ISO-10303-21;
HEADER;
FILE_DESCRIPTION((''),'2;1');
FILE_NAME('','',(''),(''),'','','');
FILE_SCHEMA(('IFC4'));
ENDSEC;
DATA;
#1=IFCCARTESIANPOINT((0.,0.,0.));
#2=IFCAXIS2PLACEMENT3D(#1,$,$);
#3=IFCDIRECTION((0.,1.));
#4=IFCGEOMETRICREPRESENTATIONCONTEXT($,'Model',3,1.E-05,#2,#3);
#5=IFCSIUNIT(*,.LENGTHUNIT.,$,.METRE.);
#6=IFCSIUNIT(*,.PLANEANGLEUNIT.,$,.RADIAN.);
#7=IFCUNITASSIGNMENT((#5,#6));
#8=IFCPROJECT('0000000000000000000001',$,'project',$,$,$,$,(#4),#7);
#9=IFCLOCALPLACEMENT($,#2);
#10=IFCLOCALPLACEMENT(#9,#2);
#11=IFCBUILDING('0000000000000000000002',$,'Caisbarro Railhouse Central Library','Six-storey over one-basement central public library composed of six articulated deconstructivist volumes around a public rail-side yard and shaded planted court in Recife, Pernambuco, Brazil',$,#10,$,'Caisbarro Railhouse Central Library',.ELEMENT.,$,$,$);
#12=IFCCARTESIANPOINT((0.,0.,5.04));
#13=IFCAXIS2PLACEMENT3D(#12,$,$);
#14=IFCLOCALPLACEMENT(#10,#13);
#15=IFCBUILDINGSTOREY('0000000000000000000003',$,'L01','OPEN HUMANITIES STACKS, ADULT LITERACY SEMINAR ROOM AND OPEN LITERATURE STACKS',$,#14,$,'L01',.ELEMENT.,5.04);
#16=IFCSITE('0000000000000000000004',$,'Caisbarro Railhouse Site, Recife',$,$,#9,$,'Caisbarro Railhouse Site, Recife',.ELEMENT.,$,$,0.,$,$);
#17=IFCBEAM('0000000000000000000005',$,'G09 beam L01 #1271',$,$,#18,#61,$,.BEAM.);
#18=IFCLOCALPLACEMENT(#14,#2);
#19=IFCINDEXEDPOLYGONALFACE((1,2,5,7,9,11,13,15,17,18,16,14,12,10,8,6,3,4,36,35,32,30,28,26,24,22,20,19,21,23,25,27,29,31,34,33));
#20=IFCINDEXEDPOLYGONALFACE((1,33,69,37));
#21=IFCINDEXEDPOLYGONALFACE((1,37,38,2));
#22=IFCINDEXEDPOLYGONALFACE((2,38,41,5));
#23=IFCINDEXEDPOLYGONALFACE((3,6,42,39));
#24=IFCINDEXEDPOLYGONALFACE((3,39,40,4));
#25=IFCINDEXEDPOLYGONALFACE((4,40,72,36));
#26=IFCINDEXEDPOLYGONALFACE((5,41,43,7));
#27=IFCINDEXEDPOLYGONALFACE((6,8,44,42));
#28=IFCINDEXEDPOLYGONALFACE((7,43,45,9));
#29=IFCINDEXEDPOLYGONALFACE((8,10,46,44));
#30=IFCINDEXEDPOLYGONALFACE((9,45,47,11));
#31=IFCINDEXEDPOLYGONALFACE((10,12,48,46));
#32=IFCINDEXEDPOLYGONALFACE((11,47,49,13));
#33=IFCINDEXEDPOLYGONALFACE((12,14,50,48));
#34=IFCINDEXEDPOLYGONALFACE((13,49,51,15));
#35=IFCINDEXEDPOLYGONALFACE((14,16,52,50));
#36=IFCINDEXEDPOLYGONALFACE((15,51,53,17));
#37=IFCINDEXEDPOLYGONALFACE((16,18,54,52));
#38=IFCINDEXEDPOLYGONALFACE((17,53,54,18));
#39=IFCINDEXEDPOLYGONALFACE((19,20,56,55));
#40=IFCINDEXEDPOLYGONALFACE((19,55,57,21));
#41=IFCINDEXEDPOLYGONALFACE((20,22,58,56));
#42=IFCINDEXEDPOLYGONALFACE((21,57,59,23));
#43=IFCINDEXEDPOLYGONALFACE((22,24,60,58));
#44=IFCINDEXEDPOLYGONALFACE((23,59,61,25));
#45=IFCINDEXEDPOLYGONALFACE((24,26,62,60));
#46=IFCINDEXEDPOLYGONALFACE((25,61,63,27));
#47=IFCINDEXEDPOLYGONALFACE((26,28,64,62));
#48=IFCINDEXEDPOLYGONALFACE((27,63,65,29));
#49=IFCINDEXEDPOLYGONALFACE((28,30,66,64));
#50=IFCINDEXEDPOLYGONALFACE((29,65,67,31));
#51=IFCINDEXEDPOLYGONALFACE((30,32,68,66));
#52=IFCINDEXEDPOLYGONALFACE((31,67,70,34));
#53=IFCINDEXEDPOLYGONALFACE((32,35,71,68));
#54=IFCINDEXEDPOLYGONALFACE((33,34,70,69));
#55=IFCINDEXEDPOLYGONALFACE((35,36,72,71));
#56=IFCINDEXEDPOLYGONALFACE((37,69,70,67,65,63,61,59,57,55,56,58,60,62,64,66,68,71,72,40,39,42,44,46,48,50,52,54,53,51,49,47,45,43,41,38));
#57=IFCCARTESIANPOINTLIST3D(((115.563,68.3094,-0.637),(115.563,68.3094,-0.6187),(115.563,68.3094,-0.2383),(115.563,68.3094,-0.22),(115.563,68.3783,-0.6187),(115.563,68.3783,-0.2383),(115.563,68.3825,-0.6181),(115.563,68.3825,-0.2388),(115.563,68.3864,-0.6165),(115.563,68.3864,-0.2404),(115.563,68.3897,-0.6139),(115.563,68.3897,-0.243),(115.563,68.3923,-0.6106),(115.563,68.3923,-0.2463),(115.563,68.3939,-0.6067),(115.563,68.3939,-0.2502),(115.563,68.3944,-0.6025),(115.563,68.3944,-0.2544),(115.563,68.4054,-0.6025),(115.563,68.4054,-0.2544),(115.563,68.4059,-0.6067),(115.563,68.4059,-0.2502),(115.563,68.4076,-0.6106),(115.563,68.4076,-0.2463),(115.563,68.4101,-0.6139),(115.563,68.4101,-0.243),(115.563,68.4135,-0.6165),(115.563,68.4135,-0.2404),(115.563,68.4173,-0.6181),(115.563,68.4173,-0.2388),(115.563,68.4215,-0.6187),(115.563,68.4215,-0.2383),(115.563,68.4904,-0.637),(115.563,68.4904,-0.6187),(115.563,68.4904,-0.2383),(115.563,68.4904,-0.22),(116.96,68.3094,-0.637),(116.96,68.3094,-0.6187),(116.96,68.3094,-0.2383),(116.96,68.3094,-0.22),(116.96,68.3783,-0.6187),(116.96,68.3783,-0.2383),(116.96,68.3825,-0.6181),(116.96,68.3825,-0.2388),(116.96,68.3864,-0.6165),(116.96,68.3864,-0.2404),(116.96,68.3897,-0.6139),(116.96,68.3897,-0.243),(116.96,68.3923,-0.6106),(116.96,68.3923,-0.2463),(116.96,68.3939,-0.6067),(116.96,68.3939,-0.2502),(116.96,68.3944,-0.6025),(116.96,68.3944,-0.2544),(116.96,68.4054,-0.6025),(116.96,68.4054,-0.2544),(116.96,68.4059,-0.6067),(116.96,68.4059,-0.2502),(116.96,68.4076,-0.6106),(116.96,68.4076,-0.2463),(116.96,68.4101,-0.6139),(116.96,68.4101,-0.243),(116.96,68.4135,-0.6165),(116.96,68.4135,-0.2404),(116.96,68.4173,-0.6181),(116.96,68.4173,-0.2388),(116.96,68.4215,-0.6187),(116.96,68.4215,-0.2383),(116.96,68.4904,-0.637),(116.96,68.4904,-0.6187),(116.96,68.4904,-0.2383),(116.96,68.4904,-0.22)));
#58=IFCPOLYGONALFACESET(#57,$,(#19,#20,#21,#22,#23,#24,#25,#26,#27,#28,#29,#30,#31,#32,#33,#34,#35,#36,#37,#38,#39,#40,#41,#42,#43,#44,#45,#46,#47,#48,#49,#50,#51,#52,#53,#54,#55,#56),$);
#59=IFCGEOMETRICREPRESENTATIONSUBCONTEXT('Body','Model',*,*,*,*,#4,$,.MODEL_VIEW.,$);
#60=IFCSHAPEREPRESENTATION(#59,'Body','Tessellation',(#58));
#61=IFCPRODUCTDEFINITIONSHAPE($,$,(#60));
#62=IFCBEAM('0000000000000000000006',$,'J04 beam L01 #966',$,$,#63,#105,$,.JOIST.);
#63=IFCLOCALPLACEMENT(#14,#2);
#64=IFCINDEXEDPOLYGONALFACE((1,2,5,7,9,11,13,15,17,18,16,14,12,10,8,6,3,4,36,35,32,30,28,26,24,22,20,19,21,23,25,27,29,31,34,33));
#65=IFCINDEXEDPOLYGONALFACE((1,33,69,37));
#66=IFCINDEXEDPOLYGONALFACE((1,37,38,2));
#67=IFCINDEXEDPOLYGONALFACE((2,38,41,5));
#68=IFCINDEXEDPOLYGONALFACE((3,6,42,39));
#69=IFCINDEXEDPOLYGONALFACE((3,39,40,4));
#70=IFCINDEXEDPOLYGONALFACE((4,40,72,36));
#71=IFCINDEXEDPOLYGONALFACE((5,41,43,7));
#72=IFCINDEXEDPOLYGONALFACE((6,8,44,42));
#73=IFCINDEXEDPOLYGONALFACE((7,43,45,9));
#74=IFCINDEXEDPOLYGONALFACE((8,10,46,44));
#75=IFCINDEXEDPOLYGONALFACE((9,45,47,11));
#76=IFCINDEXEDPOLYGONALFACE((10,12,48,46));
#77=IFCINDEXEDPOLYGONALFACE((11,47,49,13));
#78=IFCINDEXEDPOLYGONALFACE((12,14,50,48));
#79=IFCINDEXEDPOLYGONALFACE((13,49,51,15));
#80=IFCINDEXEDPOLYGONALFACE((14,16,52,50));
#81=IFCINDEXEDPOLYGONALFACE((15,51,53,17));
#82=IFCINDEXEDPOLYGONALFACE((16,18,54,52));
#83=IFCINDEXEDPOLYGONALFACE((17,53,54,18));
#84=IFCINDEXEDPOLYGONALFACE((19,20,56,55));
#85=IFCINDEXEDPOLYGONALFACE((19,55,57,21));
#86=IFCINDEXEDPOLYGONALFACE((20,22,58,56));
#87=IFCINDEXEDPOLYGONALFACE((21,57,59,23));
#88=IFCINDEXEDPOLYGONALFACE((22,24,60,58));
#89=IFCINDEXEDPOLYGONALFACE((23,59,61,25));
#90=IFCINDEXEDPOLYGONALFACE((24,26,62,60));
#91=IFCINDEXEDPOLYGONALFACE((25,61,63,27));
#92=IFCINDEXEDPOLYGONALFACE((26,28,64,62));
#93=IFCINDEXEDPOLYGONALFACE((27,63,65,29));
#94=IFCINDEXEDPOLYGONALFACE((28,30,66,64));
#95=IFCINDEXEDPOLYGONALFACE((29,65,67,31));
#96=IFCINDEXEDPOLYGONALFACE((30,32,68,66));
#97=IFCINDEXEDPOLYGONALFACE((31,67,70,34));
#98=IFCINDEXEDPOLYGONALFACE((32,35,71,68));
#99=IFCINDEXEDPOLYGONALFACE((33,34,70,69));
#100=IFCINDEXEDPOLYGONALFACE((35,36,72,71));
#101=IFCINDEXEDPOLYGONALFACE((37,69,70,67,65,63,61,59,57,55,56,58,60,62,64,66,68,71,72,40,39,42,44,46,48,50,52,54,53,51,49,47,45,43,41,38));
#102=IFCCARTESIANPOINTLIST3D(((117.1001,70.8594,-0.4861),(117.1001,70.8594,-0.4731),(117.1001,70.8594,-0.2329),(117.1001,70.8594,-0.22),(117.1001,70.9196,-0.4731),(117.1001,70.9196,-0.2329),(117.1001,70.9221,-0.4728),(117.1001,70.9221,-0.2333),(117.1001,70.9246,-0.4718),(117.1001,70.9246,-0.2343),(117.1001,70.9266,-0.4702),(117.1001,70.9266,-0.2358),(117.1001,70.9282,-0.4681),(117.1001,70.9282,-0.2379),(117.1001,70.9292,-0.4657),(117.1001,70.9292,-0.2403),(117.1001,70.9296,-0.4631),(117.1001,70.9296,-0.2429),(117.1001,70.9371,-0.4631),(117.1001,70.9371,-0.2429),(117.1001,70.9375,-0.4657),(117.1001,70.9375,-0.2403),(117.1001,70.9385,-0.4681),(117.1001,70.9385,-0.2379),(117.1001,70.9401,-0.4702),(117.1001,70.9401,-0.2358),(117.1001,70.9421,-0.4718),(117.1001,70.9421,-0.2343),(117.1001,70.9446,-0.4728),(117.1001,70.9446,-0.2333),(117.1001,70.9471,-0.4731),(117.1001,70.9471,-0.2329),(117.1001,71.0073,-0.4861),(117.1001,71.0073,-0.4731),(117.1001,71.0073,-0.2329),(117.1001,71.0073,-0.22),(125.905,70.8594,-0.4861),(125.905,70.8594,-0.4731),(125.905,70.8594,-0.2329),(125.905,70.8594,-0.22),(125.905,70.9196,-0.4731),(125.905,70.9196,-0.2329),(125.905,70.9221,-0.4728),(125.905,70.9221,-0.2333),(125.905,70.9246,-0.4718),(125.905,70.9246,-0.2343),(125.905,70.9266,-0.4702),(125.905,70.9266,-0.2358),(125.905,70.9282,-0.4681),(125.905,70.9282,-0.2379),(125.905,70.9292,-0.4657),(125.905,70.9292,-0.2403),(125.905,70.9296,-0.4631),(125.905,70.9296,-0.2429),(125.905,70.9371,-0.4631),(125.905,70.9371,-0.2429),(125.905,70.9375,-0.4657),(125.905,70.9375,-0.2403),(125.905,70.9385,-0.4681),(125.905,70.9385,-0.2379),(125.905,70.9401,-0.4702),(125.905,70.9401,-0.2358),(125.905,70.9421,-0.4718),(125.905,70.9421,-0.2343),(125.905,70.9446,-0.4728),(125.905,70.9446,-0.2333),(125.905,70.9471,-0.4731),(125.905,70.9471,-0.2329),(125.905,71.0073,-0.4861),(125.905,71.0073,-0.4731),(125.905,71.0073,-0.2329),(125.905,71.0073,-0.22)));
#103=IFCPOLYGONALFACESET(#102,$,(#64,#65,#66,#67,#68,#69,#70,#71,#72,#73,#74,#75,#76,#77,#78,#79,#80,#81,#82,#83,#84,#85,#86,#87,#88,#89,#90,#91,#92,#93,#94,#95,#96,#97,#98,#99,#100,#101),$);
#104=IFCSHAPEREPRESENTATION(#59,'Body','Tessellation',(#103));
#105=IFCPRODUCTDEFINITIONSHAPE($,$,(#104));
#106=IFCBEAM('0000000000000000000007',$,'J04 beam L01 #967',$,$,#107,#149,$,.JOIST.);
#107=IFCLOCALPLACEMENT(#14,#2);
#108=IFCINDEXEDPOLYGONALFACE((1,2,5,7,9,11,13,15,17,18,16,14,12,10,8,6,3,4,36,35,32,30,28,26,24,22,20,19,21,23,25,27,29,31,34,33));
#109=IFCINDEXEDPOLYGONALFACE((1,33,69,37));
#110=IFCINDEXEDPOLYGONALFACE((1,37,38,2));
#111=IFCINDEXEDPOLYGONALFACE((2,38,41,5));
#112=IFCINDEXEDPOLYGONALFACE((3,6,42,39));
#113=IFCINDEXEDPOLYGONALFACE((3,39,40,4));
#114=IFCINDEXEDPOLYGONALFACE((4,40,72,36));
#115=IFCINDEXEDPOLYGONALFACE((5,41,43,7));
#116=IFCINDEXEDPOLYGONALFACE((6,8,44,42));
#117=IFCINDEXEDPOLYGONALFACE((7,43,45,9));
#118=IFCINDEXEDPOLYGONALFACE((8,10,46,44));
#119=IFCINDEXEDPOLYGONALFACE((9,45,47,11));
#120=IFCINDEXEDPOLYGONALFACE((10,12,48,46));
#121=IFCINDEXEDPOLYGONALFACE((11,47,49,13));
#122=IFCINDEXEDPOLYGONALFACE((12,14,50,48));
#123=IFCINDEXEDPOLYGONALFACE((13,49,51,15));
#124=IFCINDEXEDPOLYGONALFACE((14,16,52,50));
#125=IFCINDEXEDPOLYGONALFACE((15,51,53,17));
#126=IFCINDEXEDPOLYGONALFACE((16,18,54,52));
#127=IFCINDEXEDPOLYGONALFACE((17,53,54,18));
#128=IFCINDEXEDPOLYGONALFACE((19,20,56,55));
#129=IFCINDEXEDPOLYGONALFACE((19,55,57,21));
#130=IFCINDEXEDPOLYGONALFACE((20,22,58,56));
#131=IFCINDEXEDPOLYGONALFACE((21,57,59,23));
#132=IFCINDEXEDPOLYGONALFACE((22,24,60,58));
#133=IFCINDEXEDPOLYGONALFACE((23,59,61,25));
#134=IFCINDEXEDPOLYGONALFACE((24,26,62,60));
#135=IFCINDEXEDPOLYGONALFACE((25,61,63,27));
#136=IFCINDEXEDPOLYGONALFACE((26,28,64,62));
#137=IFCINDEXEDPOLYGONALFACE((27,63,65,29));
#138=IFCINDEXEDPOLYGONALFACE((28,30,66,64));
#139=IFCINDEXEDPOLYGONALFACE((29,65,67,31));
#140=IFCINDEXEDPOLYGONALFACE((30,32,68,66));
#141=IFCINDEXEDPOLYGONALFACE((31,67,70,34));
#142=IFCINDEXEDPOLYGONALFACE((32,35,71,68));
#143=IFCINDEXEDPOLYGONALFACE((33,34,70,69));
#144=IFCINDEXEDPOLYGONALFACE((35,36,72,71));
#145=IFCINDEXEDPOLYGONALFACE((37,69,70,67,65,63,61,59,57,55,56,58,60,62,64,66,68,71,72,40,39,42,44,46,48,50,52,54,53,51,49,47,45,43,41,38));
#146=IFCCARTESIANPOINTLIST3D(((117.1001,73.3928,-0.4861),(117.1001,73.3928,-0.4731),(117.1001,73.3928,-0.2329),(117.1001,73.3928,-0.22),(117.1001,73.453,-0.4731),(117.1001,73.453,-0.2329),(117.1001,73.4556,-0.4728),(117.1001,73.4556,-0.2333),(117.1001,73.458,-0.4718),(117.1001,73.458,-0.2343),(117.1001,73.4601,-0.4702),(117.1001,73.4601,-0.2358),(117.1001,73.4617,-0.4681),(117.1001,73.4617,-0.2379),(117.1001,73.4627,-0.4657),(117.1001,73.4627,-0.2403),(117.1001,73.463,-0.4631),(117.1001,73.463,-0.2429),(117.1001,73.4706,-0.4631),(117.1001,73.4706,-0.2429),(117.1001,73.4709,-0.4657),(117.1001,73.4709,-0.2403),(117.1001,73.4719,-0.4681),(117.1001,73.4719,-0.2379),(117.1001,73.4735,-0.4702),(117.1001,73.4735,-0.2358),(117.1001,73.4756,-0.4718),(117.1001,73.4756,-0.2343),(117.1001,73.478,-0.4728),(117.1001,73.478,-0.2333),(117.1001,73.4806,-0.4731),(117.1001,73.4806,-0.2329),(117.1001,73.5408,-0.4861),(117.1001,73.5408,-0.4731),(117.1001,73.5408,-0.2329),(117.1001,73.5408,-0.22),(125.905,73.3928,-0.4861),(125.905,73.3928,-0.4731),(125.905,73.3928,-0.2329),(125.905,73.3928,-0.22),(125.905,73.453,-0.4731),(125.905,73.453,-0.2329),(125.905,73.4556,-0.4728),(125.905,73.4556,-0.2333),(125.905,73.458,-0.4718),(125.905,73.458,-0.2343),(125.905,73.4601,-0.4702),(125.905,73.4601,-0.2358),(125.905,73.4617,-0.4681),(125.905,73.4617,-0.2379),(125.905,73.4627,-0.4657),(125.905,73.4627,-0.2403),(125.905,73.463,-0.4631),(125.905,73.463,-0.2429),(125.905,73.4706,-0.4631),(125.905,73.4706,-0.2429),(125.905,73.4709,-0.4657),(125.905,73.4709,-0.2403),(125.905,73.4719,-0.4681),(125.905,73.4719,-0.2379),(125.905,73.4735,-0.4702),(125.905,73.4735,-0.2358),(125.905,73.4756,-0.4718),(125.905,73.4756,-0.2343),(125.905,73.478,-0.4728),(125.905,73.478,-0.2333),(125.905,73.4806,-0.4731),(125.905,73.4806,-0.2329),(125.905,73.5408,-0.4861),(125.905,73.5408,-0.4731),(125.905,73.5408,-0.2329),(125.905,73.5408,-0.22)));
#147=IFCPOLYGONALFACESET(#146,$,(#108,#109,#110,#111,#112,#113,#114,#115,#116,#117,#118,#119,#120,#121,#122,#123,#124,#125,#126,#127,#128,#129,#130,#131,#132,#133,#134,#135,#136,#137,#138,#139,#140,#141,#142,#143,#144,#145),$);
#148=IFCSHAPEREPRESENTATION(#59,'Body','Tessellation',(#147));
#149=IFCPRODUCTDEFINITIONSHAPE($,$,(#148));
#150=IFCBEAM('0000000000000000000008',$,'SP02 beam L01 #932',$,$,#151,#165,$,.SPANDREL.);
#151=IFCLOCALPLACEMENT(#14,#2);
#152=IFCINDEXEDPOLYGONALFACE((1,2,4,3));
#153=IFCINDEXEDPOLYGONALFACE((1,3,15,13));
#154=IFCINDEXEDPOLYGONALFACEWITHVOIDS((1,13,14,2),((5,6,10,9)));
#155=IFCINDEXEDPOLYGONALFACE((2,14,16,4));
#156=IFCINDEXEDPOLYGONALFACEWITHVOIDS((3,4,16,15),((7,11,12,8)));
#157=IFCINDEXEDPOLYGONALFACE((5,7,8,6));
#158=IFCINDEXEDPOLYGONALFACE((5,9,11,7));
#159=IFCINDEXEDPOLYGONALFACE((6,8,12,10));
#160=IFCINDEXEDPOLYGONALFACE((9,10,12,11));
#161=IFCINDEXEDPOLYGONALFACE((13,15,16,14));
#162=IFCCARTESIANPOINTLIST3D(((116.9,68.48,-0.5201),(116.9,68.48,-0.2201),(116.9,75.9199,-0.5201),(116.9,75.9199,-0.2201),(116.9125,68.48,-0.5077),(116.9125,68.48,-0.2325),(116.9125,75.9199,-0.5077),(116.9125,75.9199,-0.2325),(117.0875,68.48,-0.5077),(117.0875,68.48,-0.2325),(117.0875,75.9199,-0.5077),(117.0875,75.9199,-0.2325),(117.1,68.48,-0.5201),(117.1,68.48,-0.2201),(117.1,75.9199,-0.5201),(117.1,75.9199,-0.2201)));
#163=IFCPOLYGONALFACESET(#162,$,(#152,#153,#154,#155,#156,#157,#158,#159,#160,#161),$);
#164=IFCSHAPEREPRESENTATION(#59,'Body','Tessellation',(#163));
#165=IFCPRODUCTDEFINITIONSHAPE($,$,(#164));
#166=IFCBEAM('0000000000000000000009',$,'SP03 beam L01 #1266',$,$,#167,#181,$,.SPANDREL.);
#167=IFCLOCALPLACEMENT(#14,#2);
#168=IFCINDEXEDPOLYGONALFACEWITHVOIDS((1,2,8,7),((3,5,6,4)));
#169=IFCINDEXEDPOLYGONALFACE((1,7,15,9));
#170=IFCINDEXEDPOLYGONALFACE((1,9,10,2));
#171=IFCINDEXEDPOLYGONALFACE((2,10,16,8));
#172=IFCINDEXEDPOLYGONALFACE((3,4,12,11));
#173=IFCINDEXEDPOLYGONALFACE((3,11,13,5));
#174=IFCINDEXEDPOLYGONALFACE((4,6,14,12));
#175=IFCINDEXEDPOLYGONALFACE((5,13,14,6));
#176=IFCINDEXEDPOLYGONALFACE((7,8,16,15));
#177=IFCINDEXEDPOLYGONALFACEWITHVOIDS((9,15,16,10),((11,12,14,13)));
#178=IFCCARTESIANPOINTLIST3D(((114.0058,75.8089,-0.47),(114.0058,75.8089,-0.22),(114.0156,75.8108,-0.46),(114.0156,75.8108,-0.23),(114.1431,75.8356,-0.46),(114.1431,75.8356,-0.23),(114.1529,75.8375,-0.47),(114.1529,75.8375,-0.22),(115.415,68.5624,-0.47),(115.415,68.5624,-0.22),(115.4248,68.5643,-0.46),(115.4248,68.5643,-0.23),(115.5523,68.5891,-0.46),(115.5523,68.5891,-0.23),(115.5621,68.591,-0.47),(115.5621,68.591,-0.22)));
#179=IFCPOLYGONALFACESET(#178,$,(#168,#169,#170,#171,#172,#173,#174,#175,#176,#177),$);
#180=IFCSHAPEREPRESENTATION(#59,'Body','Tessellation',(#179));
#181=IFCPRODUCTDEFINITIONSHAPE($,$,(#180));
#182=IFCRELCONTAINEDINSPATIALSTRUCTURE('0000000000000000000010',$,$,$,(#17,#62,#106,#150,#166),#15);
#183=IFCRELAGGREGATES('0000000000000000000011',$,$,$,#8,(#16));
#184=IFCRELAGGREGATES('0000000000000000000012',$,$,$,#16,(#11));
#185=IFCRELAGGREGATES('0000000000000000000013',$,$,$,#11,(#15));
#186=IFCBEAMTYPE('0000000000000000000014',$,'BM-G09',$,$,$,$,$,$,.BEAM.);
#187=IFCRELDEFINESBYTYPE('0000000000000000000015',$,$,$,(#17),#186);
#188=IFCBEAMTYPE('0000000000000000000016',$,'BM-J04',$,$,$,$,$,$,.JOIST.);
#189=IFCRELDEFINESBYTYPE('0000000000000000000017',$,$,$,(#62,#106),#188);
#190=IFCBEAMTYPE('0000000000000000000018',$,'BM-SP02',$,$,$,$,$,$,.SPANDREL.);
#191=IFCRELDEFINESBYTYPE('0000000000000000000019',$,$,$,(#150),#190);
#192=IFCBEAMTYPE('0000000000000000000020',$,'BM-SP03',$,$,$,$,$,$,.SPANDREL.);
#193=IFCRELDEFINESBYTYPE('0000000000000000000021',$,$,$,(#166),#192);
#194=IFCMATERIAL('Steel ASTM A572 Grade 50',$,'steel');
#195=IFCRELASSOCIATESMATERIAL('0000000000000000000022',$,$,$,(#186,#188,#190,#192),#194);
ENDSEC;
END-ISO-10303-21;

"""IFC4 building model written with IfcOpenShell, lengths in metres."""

from ifc_helpers import new_model, si_unit, direction, frame, origin, origin_2d, place, context, subcontext, project, spatial, hollow_rectangle, i_section, extrude, material, material_profile, profile_set, type_object, element, save


model = new_model("IFC4")

# Units and contexts
model_context = context("Model", 3, precision=1e-05, world=origin(), true_north=direction((0.0, 1.0)))
body_context = subcontext(model_context, "Body", "Model", "MODEL_VIEW")
ifc_project = project(units=[si_unit("LENGTHUNIT", "METRE"), si_unit("PLANEANGLEUNIT", "RADIAN")], contexts=[model_context])

# Site, building, storey
site_placement = place(None, origin())
site = spatial("IfcSite", under=ifc_project, at=site_placement, Name="Caisbarro Railhouse Site, Recife", LongName="Caisbarro Railhouse Site, Recife", CompositionType="ELEMENT", RefElevation=0.0)
building_placement = place(site_placement, origin())
building = spatial("IfcBuilding", under=site, at=building_placement, Name="Caisbarro Railhouse Central Library", Description="Six-storey over one-basement central public library composed of six articulated deconstructivist volumes around a public rail-side yard and shaded planted court in Recife, Pernambuco, Brazil", LongName="Caisbarro Railhouse Central Library", CompositionType="ELEMENT")
storey_placement = place(building_placement, frame((0.0, 0.0, 5.04)))
storey = spatial("IfcBuildingStorey", under=building, at=storey_placement, Name="L01", Description="OPEN HUMANITIES STACKS, ADULT LITERACY SEMINAR ROOM AND OPEN LITERATURE STACKS", LongName="L01", CompositionType="ELEMENT", Elevation=5.04)

# Shared definitions
ifc_material_1 = material(Name="Steel ASTM A572 Grade 50", Category="steel")

# Beams
ifc_material_profile_1 = material_profile(ifc_material_1, i_section(OverallWidth=0.1809, OverallDepth=0.417, WebThickness=0.011, FlangeThickness=0.0183, FilletRadius=0.0161, at=origin_2d()), Name="W410X85.0")
ifc_profile_set_1 = profile_set([ifc_material_profile_1], Name="Steel ASTM A572 Grade 50")
beam_type_1 = type_object("IfcBeamType", Name="BM-G09", PredefinedType="BEAM", material=ifc_profile_set_1)
beam_1_placement = place(storey_placement, frame((115.563, 68.3999, -0.4285), z_axis=(1.0, 0.0, 0.0), x_axis=(0.0, 1.0, 0.0)))
element("IfcBeam", 1, at=beam_1_placement, inside=storey, type_object=beam_type_1, Name="G09 beam L01 #1271", PredefinedType="BEAM", context=body_context, shape_type="SweptSolid", body=[
    extrude(i_section(OverallWidth=0.1809, OverallDepth=0.417, WebThickness=0.011, FlangeThickness=0.0183, FilletRadius=0.0161, at=origin_2d()), origin(), (0.0, 0.0, 1.0), 1.397),
])
ifc_material_profile_2 = material_profile(ifc_material_1, i_section(OverallWidth=0.1479, OverallDepth=0.2661, WebThickness=0.0076, FlangeThickness=0.0129, FilletRadius=0.01, at=origin_2d()), Name="W250X44.8")
ifc_profile_set_2 = profile_set([ifc_material_profile_2], Name="Steel ASTM A572 Grade 50")
beam_type_2 = type_object("IfcBeamType", Name="BM-J04", PredefinedType="JOIST", material=ifc_profile_set_2)
for number, where, z_axis, x_axis, name in (
    (2, (117.1001, 70.9333, -0.353), (1.0, 0.0, 0.0), (0.0, 1.0, 0.0), "J04 beam L01 #966"),
    (3, (117.1001, 73.4668, -0.353), (1.0, 0.0, 0.0), (0.0, 1.0, 0.0), "J04 beam L01 #967"),
):
    element("IfcBeam", number, at=place(storey_placement, frame(where, z_axis=z_axis, x_axis=x_axis)), inside=storey, type_object=beam_type_2, Name=name, PredefinedType="JOIST", context=body_context, shape_type="SweptSolid", body=[
        extrude(i_section(OverallWidth=0.1479, OverallDepth=0.2661, WebThickness=0.0076, FlangeThickness=0.0129, FilletRadius=0.01, at=origin_2d()), origin(), (0.0, 0.0, 1.0), 8.8049),
    ])
ifc_material_profile_3 = material_profile(ifc_material_1, hollow_rectangle(XDim=0.2, YDim=0.3, WallThickness=0.0125, at=origin_2d()), Name="HSS300X200X12.5")
ifc_profile_set_3 = profile_set([ifc_material_profile_3], Name="Steel ASTM A572 Grade 50")
beam_type_3 = type_object("IfcBeamType", Name="BM-SP02", PredefinedType="SPANDREL", material=ifc_profile_set_3)
beam_2_placement = place(storey_placement, frame((117.0, 68.48, -0.3701), z_axis=(0.0, 1.0, 0.0), x_axis=(-1.0, 0.0, 0.0)))
element("IfcBeam", 4, at=beam_2_placement, inside=storey, type_object=beam_type_3, Name="SP02 beam L01 #932", PredefinedType="SPANDREL", context=body_context, shape_type="SweptSolid", body=[
    extrude(hollow_rectangle(XDim=0.2, YDim=0.3, WallThickness=0.0125, at=origin_2d()), origin(), (0.0, 0.0, 1.0), 7.4399),
])
ifc_material_profile_4 = material_profile(ifc_material_1, hollow_rectangle(XDim=0.1499, YDim=0.25, WallThickness=0.01, at=origin_2d()), Name="HSS250X150X10")
ifc_profile_set_4 = profile_set([ifc_material_profile_4], Name="Steel ASTM A572 Grade 50")
beam_type_4 = type_object("IfcBeamType", Name="BM-SP03", PredefinedType="SPANDREL", material=ifc_profile_set_4)
beam_3_placement = place(storey_placement, frame((115.4885, 68.5767, -0.345), z_axis=(-0.190886, 0.981612, 0.0), x_axis=(-0.981612, -0.190886, 0.0)))
element("IfcBeam", 5, at=beam_3_placement, inside=storey, type_object=beam_type_4, Name="SP03 beam L01 #1266", PredefinedType="SPANDREL", context=body_context, shape_type="SweptSolid", body=[
    extrude(hollow_rectangle(XDim=0.1499, YDim=0.25, WallThickness=0.01, at=origin_2d()), origin(), (0.0, 0.0, 1.0), 7.3823),
])

save(model, "model.ifc")
